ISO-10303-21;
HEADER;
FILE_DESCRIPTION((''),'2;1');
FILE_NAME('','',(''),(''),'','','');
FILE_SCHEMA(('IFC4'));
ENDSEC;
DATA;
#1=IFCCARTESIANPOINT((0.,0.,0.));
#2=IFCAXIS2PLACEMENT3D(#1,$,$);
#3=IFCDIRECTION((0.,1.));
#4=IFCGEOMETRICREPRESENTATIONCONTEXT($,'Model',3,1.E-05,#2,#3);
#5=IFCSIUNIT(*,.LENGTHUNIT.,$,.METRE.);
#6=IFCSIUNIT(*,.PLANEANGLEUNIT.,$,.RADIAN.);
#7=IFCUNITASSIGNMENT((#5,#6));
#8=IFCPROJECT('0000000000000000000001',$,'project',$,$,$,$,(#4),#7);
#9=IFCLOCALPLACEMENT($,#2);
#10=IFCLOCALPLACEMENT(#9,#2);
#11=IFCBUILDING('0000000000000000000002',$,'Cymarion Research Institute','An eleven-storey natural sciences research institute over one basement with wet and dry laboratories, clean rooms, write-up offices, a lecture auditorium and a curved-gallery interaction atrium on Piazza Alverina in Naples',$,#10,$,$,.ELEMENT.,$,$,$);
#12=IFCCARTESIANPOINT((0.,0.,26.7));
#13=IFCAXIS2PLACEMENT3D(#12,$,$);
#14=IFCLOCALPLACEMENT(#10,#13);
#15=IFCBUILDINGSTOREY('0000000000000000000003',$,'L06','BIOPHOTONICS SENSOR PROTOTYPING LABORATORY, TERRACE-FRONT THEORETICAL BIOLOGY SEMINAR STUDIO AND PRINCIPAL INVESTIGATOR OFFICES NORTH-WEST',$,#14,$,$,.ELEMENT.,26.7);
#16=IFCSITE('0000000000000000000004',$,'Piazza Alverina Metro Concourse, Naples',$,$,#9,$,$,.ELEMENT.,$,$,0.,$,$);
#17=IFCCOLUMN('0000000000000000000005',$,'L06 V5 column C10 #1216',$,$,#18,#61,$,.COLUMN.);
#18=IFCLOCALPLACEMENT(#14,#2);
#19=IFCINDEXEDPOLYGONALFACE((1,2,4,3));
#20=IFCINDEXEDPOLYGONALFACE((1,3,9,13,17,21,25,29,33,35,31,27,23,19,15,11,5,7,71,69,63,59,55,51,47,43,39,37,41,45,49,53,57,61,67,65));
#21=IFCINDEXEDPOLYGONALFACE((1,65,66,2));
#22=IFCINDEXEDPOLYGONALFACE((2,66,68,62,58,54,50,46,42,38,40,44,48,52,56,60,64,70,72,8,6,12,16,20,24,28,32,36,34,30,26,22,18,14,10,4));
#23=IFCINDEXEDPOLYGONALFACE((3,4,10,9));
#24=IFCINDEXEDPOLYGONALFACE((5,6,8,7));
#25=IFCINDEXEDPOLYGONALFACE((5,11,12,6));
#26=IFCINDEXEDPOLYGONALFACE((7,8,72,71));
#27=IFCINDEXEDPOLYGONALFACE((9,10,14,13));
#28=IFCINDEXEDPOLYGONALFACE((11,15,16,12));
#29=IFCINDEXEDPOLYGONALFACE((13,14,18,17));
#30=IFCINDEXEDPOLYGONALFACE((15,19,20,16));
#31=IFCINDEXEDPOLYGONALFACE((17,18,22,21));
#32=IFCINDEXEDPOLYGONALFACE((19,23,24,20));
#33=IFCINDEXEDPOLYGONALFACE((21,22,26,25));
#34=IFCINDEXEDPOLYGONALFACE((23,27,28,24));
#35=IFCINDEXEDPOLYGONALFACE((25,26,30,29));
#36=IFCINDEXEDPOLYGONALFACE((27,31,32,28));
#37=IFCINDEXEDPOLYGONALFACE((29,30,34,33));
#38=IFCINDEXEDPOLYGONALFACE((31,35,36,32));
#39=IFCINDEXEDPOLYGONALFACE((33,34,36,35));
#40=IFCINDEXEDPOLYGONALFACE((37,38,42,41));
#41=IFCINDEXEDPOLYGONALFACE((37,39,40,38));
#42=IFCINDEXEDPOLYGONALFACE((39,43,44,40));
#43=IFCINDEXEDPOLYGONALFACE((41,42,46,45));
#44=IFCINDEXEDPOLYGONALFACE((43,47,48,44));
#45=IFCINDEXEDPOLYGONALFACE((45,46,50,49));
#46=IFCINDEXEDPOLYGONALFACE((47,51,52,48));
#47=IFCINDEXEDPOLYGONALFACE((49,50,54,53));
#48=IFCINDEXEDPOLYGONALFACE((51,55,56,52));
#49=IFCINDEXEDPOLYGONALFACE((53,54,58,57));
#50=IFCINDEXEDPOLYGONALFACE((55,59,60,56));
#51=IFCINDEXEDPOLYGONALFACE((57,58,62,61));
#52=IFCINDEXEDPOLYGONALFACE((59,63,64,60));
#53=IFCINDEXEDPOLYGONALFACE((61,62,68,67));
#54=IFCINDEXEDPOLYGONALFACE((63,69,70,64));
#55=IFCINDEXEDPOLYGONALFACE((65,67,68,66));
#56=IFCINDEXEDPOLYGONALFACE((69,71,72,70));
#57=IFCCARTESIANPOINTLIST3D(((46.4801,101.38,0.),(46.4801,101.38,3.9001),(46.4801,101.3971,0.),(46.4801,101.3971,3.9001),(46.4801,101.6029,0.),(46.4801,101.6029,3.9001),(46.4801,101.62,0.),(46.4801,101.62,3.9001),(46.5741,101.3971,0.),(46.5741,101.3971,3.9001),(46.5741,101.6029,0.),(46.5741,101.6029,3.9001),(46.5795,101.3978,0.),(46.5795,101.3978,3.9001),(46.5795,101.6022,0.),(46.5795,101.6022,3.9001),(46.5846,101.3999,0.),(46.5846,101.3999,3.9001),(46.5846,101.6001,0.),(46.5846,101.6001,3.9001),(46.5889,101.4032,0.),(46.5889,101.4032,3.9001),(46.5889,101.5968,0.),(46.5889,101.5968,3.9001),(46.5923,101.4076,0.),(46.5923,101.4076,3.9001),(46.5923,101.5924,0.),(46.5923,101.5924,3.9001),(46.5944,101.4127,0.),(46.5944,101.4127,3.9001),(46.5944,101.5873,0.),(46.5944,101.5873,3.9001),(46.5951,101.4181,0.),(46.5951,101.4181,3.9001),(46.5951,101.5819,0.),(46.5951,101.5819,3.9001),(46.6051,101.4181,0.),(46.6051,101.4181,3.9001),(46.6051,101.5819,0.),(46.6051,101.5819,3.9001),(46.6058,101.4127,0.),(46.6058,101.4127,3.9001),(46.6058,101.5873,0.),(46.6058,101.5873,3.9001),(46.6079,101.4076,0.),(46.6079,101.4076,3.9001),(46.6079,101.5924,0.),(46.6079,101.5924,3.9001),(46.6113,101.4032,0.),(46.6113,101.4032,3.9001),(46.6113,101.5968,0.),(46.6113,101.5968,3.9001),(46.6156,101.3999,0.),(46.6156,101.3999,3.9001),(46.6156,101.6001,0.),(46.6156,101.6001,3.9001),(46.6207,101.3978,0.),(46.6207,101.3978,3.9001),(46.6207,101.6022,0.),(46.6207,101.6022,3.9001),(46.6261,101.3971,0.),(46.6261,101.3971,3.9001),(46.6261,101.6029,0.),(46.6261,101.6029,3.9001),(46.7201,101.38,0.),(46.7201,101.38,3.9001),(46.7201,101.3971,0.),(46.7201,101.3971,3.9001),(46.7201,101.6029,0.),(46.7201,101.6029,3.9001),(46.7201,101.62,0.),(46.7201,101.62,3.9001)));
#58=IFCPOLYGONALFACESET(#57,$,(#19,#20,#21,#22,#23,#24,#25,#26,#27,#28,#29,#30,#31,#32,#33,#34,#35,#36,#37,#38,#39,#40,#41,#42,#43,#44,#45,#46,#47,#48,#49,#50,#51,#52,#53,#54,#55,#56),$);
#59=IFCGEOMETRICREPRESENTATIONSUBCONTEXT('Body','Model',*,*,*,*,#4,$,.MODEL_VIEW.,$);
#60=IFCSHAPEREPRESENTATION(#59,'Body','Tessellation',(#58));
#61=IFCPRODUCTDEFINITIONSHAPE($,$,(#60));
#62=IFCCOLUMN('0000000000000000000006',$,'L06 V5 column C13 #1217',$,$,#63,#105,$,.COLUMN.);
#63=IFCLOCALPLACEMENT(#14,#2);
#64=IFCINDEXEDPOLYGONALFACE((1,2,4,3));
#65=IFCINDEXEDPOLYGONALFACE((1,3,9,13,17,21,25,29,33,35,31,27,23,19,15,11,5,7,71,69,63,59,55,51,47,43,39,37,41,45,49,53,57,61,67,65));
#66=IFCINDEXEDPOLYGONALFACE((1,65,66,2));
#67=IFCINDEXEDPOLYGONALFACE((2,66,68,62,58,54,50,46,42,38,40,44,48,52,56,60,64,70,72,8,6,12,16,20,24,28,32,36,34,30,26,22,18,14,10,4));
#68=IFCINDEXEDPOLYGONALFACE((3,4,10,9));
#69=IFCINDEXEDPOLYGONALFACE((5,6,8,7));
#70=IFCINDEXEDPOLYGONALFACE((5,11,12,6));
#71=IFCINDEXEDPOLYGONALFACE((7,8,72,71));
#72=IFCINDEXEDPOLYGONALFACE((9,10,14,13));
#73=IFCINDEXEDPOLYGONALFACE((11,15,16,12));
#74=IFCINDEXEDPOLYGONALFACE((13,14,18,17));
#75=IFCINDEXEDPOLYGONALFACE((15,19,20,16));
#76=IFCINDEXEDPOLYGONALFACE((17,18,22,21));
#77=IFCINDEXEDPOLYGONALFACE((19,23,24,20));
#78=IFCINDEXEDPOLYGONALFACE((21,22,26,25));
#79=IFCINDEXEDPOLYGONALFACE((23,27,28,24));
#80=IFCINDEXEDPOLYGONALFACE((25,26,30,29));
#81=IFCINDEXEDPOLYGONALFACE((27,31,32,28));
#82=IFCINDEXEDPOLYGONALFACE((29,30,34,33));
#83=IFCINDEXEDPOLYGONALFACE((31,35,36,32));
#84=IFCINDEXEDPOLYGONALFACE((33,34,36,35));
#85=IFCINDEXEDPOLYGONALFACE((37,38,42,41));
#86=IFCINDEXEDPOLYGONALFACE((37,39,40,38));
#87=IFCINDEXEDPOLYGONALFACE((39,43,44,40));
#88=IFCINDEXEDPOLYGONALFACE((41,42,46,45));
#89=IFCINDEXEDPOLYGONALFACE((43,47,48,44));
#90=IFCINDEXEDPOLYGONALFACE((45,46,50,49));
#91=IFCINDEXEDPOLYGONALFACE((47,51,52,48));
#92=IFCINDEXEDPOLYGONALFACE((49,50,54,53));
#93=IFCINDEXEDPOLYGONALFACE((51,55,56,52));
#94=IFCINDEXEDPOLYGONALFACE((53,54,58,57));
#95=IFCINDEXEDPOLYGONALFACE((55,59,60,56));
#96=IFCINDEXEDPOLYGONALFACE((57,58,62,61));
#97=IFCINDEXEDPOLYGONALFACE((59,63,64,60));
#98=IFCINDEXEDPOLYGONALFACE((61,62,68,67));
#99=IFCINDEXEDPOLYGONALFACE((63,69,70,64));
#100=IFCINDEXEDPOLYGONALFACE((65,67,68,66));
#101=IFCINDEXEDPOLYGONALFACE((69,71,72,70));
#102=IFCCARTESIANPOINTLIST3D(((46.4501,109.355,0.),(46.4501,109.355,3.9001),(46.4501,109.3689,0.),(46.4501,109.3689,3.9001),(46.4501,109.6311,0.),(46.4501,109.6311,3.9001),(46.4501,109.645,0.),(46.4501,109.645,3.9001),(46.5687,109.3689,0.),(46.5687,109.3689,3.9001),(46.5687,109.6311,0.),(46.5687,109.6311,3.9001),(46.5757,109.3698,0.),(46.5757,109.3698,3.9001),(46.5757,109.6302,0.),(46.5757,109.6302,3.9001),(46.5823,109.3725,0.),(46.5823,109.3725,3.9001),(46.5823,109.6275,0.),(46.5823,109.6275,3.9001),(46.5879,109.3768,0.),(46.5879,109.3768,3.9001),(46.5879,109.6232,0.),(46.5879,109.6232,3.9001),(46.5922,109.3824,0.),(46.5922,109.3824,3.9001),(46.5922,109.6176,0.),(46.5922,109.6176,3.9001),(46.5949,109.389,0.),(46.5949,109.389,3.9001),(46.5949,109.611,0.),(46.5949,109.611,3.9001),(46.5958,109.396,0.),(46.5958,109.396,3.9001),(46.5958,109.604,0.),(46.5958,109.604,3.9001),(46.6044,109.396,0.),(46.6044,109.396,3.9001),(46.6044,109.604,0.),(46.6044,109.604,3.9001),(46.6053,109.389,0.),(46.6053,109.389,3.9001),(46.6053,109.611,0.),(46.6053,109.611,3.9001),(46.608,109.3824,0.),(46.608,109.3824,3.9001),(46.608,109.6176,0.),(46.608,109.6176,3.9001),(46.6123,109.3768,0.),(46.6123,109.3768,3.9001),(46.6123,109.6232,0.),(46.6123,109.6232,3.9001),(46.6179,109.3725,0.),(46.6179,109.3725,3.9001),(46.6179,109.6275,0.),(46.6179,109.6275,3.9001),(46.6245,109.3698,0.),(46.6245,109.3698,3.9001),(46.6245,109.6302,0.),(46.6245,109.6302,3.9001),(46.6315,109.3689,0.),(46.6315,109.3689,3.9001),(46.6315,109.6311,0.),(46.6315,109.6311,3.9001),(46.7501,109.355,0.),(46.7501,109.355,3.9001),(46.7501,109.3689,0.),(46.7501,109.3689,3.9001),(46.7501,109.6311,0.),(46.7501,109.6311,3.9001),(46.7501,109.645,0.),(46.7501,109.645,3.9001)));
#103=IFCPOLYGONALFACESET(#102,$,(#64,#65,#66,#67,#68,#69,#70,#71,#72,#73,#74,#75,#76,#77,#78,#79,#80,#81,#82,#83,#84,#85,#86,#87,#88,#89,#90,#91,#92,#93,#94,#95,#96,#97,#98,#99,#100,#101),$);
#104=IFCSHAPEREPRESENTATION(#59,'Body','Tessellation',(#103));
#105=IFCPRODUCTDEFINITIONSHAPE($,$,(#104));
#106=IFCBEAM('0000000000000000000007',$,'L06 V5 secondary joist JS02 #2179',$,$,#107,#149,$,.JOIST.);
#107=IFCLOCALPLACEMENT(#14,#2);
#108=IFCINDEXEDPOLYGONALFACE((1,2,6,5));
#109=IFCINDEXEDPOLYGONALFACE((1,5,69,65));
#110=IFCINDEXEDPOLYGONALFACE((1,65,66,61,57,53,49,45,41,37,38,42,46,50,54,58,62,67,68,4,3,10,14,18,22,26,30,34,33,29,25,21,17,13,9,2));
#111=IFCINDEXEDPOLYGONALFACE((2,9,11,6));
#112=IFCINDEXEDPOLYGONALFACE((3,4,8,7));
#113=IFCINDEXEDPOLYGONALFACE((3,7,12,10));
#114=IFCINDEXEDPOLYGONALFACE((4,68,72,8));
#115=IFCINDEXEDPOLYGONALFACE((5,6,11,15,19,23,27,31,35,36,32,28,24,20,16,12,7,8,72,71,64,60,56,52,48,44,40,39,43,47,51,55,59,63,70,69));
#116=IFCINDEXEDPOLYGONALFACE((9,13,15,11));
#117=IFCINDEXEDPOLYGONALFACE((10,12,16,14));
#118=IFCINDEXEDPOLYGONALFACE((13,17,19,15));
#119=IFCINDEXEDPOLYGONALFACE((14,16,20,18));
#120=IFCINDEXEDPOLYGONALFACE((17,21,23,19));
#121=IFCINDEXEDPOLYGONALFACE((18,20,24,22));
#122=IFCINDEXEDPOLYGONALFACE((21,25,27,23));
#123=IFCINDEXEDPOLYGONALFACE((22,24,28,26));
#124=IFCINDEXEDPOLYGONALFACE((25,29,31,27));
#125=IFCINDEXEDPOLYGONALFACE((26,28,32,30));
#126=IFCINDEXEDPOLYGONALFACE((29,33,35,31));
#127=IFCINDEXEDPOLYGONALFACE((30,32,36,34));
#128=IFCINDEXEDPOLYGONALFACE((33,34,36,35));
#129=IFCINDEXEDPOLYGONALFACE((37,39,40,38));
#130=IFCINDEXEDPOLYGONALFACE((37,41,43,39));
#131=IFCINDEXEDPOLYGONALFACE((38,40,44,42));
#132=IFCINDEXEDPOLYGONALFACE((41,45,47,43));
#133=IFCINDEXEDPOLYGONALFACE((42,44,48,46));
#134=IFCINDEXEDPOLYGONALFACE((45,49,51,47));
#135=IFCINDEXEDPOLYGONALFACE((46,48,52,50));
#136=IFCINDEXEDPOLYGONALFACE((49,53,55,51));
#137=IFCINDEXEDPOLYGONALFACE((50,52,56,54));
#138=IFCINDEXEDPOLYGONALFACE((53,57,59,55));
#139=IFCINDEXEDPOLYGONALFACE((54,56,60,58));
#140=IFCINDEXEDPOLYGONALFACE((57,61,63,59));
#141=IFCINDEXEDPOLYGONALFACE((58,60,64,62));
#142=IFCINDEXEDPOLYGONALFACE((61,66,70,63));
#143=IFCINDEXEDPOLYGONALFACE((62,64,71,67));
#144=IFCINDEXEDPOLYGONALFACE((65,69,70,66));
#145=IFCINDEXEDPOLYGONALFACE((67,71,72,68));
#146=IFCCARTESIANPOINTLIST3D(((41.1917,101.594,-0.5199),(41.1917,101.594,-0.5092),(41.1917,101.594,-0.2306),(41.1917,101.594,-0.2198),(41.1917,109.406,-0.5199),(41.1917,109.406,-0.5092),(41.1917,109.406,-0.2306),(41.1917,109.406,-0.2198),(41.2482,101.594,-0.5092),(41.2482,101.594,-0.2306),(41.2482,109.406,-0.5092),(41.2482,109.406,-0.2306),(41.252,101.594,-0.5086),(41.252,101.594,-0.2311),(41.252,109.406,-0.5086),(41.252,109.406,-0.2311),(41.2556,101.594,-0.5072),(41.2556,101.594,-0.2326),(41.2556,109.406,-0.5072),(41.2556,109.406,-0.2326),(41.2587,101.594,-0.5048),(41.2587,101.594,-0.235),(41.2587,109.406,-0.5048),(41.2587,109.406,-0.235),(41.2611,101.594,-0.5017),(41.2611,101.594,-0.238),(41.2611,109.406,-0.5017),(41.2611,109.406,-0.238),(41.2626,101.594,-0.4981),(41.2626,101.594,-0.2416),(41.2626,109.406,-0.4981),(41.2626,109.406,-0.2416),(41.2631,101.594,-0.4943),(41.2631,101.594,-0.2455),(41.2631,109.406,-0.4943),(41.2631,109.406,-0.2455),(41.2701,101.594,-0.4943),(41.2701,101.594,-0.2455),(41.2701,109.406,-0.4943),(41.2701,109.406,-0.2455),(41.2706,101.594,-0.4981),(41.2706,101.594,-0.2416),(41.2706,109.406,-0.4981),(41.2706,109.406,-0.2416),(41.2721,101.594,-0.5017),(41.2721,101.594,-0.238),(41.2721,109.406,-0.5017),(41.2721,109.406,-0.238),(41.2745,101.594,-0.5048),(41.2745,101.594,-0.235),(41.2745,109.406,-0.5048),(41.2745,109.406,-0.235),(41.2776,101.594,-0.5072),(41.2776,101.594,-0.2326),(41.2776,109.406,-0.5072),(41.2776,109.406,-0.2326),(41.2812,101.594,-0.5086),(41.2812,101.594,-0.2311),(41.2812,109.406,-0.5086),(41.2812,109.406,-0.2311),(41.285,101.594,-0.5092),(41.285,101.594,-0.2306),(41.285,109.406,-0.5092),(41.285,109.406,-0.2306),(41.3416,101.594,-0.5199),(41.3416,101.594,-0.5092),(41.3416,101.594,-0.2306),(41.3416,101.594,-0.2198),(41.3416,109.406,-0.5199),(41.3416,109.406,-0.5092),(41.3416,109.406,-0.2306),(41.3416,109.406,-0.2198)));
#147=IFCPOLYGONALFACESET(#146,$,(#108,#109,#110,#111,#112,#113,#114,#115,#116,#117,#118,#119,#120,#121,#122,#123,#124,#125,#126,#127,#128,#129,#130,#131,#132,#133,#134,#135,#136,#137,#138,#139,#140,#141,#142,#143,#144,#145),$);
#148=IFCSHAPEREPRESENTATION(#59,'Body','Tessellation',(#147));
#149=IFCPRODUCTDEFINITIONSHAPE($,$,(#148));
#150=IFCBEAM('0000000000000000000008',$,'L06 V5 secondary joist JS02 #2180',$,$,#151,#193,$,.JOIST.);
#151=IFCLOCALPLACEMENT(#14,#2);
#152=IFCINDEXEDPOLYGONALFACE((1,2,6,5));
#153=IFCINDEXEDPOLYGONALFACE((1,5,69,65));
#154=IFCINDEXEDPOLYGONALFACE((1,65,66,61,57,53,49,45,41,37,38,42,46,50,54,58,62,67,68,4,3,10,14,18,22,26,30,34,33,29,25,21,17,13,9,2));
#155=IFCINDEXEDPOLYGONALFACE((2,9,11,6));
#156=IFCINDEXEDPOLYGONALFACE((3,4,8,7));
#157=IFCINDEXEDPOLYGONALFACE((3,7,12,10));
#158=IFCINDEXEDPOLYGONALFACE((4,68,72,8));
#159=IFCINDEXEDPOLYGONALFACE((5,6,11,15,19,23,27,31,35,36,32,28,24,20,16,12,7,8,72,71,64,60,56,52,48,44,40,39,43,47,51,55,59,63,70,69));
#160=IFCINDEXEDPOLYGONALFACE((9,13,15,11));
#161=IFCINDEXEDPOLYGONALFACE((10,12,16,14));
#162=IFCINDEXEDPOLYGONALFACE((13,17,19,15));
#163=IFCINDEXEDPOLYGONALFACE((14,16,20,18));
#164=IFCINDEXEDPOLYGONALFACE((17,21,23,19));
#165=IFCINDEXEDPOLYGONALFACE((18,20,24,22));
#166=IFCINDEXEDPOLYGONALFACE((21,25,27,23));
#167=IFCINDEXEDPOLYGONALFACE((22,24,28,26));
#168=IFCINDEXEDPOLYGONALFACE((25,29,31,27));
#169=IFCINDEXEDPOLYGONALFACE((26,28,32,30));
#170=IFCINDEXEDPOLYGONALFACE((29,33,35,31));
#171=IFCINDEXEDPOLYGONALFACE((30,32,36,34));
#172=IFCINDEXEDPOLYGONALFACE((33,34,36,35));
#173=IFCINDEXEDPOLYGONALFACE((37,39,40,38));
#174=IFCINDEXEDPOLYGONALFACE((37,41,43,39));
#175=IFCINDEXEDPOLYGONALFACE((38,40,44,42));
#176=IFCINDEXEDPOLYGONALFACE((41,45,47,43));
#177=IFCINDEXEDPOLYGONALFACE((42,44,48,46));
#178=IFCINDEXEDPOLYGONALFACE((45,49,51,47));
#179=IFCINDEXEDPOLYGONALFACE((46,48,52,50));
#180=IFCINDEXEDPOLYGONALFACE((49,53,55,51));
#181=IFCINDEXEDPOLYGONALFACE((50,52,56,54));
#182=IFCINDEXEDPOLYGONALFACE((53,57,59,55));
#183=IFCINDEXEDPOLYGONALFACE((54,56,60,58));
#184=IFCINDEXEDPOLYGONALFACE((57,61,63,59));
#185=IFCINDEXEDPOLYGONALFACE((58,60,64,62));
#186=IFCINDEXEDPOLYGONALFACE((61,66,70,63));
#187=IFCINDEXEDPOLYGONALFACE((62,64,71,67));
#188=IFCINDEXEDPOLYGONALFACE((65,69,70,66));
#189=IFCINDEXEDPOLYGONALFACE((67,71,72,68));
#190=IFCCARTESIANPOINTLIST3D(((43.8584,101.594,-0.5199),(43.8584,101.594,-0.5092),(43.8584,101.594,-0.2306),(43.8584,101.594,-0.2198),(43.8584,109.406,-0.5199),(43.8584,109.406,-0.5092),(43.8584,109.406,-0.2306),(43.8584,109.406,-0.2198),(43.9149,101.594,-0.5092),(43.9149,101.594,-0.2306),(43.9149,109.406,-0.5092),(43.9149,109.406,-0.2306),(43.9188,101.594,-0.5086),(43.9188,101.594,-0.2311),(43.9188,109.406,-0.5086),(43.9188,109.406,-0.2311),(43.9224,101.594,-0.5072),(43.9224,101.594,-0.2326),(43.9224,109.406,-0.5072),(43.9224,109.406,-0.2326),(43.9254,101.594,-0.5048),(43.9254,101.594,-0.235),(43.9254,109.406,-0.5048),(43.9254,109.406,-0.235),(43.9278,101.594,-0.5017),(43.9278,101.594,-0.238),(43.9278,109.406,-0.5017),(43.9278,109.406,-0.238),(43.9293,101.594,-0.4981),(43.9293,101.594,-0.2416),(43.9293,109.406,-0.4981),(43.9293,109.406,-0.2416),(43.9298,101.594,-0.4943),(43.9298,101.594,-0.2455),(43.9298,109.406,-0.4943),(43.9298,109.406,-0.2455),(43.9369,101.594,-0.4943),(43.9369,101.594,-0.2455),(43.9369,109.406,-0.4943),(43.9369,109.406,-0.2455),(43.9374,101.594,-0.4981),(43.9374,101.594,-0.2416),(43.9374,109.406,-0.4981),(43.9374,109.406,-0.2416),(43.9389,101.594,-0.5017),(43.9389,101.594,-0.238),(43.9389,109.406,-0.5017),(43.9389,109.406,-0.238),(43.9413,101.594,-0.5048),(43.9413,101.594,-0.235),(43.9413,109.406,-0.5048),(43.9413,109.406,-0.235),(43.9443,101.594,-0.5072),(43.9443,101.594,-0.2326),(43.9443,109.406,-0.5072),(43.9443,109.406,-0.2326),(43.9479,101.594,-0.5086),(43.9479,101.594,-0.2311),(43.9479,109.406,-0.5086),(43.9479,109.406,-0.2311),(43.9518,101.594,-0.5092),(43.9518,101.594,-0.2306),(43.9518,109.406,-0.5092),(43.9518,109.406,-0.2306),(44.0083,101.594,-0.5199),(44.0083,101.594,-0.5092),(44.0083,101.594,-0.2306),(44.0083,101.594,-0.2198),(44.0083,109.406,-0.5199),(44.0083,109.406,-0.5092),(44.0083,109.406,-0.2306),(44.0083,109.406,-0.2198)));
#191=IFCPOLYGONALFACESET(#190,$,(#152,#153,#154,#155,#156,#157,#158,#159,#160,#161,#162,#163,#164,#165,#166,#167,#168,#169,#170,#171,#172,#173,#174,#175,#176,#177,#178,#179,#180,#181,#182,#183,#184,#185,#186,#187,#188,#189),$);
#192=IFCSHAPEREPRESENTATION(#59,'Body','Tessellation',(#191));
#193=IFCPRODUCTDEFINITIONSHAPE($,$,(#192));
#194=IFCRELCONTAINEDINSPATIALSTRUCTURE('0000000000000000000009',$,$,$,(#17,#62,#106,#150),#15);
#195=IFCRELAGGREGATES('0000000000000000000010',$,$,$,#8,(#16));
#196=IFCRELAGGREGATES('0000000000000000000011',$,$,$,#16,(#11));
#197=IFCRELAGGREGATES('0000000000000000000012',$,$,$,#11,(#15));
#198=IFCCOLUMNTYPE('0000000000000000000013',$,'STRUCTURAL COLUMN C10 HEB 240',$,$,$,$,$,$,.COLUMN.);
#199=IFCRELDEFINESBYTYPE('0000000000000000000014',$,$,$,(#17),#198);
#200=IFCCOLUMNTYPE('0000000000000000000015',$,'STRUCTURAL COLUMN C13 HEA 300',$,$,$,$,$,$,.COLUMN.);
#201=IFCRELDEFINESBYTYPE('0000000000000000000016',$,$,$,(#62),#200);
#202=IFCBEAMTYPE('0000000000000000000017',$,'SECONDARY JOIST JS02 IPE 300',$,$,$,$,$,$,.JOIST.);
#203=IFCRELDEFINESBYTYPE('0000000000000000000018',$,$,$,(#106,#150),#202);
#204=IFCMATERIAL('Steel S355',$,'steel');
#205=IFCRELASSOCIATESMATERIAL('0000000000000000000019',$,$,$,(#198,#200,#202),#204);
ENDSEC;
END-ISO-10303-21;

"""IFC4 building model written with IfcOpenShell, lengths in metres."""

from ifc_helpers import new_model, si_unit, direction, frame, origin, origin_2d, place, context, subcontext, project, spatial, i_section, extrude, material, material_profile, profile_set, type_object, element, save


model = new_model("IFC4")

# Units and contexts
model_context = context("Model", 3, precision=1e-05, world=origin(), true_north=direction((0.0, 1.0)))
body_context = subcontext(model_context, "Body", "Model", "MODEL_VIEW")
ifc_project = project(units=[si_unit("LENGTHUNIT", "METRE"), si_unit("PLANEANGLEUNIT", "RADIAN")], contexts=[model_context])

# Site, building, storey
site_placement = place(None, origin())
site = spatial("IfcSite", under=ifc_project, at=site_placement, Name="Piazza Alverina Metro Concourse, Naples", CompositionType="ELEMENT", RefElevation=0.0)
building_placement = place(site_placement, origin())
building = spatial("IfcBuilding", under=site, at=building_placement, Name="Cymarion Research Institute", Description="An eleven-storey natural sciences research institute over one basement with wet and dry laboratories, clean rooms, write-up offices, a lecture auditorium and a curved-gallery interaction atrium on Piazza Alverina in Naples", CompositionType="ELEMENT")
storey_placement = place(building_placement, frame((0.0, 0.0, 26.7)))
storey = spatial("IfcBuildingStorey", under=building, at=storey_placement, Name="L06", Description="BIOPHOTONICS SENSOR PROTOTYPING LABORATORY, TERRACE-FRONT THEORETICAL BIOLOGY SEMINAR STUDIO AND PRINCIPAL INVESTIGATOR OFFICES NORTH-WEST", CompositionType="ELEMENT", Elevation=26.7)

# Columns
ifc_material_1 = material(Name="Steel S355", Category="steel")
ifc_material_profile_1 = material_profile(ifc_material_1, i_section(OverallWidth=0.24, OverallDepth=0.24, WebThickness=0.01, FlangeThickness=0.0171, FilletRadius=0.021, at=origin_2d()), Name="HEB 240")
ifc_profile_set_1 = profile_set([ifc_material_profile_1], Name="Steel S355")
column_type_1 = type_object("IfcColumnType", Name="STRUCTURAL COLUMN C10 HEB 240", PredefinedType="COLUMN", material=ifc_profile_set_1)
column_1_placement = place(storey_placement, frame((46.6001, 101.5, 0.0), z_axis=(0.0, 0.0, 1.0), x_axis=(1.0, 0.0, 0.0)))
element("IfcColumn", 1, at=column_1_placement, inside=storey, type_object=column_type_1, Name="L06 V5 column C10 #1216", PredefinedType="COLUMN", context=body_context, shape_type="SweptSolid", body=[
    extrude(i_section(OverallWidth=0.24, OverallDepth=0.24, WebThickness=0.01, FlangeThickness=0.0171, FilletRadius=0.021, at=origin_2d()), origin(), (0.0, 0.0, 1.0), 3.9001),
])
ifc_material_profile_2 = material_profile(ifc_material_1, i_section(OverallWidth=0.3, OverallDepth=0.29, WebThickness=0.0085, FlangeThickness=0.0139, FilletRadius=0.0271, at=origin_2d()), Name="HEA 300")
ifc_profile_set_2 = profile_set([ifc_material_profile_2], Name="Steel S355")
column_type_2 = type_object("IfcColumnType", Name="STRUCTURAL COLUMN C13 HEA 300", PredefinedType="COLUMN", material=ifc_profile_set_2)
column_2_placement = place(storey_placement, frame((46.6001, 109.5, 0.0), z_axis=(0.0, 0.0, 1.0), x_axis=(1.0, 0.0, 0.0)))
element("IfcColumn", 2, at=column_2_placement, inside=storey, type_object=column_type_2, Name="L06 V5 column C13 #1217", PredefinedType="COLUMN", context=body_context, shape_type="SweptSolid", body=[
    extrude(i_section(OverallWidth=0.3, OverallDepth=0.29, WebThickness=0.0085, FlangeThickness=0.0139, FilletRadius=0.0271, at=origin_2d()), origin(), (0.0, 0.0, 1.0), 3.9001),
])

# Beams
ifc_material_profile_3 = material_profile(ifc_material_1, i_section(OverallWidth=0.1499, OverallDepth=0.3, WebThickness=0.0071, FlangeThickness=0.0107, FilletRadius=0.0149, at=origin_2d()), Name="IPE 300")
ifc_profile_set_3 = profile_set([ifc_material_profile_3], Name="Steel S355")
beam_type_1 = type_object("IfcBeamType", Name="SECONDARY JOIST JS02 IPE 300", PredefinedType="JOIST", material=ifc_profile_set_3)
for number, where, z_axis, x_axis, name in (
    (3, (41.2666, 101.594, -0.3699), (0.0, 1.0, 0.0), (-1.0, 0.0, 0.0), "L06 V5 secondary joist JS02 #2179"),
    (4, (43.9333, 101.594, -0.3699), (0.0, 1.0, 0.0), (-1.0, 0.0, 0.0), "L06 V5 secondary joist JS02 #2180"),
):
    element("IfcBeam", number, at=place(storey_placement, frame(where, z_axis=z_axis, x_axis=x_axis)), inside=storey, type_object=beam_type_1, Name=name, PredefinedType="JOIST", context=body_context, shape_type="SweptSolid", body=[
        extrude(i_section(OverallWidth=0.1499, OverallDepth=0.3, WebThickness=0.0071, FlangeThickness=0.0107, FilletRadius=0.0149, at=origin_2d()), origin(), (0.0, 0.0, 1.0), 7.812),
    ])

save(model, "model.ifc")
